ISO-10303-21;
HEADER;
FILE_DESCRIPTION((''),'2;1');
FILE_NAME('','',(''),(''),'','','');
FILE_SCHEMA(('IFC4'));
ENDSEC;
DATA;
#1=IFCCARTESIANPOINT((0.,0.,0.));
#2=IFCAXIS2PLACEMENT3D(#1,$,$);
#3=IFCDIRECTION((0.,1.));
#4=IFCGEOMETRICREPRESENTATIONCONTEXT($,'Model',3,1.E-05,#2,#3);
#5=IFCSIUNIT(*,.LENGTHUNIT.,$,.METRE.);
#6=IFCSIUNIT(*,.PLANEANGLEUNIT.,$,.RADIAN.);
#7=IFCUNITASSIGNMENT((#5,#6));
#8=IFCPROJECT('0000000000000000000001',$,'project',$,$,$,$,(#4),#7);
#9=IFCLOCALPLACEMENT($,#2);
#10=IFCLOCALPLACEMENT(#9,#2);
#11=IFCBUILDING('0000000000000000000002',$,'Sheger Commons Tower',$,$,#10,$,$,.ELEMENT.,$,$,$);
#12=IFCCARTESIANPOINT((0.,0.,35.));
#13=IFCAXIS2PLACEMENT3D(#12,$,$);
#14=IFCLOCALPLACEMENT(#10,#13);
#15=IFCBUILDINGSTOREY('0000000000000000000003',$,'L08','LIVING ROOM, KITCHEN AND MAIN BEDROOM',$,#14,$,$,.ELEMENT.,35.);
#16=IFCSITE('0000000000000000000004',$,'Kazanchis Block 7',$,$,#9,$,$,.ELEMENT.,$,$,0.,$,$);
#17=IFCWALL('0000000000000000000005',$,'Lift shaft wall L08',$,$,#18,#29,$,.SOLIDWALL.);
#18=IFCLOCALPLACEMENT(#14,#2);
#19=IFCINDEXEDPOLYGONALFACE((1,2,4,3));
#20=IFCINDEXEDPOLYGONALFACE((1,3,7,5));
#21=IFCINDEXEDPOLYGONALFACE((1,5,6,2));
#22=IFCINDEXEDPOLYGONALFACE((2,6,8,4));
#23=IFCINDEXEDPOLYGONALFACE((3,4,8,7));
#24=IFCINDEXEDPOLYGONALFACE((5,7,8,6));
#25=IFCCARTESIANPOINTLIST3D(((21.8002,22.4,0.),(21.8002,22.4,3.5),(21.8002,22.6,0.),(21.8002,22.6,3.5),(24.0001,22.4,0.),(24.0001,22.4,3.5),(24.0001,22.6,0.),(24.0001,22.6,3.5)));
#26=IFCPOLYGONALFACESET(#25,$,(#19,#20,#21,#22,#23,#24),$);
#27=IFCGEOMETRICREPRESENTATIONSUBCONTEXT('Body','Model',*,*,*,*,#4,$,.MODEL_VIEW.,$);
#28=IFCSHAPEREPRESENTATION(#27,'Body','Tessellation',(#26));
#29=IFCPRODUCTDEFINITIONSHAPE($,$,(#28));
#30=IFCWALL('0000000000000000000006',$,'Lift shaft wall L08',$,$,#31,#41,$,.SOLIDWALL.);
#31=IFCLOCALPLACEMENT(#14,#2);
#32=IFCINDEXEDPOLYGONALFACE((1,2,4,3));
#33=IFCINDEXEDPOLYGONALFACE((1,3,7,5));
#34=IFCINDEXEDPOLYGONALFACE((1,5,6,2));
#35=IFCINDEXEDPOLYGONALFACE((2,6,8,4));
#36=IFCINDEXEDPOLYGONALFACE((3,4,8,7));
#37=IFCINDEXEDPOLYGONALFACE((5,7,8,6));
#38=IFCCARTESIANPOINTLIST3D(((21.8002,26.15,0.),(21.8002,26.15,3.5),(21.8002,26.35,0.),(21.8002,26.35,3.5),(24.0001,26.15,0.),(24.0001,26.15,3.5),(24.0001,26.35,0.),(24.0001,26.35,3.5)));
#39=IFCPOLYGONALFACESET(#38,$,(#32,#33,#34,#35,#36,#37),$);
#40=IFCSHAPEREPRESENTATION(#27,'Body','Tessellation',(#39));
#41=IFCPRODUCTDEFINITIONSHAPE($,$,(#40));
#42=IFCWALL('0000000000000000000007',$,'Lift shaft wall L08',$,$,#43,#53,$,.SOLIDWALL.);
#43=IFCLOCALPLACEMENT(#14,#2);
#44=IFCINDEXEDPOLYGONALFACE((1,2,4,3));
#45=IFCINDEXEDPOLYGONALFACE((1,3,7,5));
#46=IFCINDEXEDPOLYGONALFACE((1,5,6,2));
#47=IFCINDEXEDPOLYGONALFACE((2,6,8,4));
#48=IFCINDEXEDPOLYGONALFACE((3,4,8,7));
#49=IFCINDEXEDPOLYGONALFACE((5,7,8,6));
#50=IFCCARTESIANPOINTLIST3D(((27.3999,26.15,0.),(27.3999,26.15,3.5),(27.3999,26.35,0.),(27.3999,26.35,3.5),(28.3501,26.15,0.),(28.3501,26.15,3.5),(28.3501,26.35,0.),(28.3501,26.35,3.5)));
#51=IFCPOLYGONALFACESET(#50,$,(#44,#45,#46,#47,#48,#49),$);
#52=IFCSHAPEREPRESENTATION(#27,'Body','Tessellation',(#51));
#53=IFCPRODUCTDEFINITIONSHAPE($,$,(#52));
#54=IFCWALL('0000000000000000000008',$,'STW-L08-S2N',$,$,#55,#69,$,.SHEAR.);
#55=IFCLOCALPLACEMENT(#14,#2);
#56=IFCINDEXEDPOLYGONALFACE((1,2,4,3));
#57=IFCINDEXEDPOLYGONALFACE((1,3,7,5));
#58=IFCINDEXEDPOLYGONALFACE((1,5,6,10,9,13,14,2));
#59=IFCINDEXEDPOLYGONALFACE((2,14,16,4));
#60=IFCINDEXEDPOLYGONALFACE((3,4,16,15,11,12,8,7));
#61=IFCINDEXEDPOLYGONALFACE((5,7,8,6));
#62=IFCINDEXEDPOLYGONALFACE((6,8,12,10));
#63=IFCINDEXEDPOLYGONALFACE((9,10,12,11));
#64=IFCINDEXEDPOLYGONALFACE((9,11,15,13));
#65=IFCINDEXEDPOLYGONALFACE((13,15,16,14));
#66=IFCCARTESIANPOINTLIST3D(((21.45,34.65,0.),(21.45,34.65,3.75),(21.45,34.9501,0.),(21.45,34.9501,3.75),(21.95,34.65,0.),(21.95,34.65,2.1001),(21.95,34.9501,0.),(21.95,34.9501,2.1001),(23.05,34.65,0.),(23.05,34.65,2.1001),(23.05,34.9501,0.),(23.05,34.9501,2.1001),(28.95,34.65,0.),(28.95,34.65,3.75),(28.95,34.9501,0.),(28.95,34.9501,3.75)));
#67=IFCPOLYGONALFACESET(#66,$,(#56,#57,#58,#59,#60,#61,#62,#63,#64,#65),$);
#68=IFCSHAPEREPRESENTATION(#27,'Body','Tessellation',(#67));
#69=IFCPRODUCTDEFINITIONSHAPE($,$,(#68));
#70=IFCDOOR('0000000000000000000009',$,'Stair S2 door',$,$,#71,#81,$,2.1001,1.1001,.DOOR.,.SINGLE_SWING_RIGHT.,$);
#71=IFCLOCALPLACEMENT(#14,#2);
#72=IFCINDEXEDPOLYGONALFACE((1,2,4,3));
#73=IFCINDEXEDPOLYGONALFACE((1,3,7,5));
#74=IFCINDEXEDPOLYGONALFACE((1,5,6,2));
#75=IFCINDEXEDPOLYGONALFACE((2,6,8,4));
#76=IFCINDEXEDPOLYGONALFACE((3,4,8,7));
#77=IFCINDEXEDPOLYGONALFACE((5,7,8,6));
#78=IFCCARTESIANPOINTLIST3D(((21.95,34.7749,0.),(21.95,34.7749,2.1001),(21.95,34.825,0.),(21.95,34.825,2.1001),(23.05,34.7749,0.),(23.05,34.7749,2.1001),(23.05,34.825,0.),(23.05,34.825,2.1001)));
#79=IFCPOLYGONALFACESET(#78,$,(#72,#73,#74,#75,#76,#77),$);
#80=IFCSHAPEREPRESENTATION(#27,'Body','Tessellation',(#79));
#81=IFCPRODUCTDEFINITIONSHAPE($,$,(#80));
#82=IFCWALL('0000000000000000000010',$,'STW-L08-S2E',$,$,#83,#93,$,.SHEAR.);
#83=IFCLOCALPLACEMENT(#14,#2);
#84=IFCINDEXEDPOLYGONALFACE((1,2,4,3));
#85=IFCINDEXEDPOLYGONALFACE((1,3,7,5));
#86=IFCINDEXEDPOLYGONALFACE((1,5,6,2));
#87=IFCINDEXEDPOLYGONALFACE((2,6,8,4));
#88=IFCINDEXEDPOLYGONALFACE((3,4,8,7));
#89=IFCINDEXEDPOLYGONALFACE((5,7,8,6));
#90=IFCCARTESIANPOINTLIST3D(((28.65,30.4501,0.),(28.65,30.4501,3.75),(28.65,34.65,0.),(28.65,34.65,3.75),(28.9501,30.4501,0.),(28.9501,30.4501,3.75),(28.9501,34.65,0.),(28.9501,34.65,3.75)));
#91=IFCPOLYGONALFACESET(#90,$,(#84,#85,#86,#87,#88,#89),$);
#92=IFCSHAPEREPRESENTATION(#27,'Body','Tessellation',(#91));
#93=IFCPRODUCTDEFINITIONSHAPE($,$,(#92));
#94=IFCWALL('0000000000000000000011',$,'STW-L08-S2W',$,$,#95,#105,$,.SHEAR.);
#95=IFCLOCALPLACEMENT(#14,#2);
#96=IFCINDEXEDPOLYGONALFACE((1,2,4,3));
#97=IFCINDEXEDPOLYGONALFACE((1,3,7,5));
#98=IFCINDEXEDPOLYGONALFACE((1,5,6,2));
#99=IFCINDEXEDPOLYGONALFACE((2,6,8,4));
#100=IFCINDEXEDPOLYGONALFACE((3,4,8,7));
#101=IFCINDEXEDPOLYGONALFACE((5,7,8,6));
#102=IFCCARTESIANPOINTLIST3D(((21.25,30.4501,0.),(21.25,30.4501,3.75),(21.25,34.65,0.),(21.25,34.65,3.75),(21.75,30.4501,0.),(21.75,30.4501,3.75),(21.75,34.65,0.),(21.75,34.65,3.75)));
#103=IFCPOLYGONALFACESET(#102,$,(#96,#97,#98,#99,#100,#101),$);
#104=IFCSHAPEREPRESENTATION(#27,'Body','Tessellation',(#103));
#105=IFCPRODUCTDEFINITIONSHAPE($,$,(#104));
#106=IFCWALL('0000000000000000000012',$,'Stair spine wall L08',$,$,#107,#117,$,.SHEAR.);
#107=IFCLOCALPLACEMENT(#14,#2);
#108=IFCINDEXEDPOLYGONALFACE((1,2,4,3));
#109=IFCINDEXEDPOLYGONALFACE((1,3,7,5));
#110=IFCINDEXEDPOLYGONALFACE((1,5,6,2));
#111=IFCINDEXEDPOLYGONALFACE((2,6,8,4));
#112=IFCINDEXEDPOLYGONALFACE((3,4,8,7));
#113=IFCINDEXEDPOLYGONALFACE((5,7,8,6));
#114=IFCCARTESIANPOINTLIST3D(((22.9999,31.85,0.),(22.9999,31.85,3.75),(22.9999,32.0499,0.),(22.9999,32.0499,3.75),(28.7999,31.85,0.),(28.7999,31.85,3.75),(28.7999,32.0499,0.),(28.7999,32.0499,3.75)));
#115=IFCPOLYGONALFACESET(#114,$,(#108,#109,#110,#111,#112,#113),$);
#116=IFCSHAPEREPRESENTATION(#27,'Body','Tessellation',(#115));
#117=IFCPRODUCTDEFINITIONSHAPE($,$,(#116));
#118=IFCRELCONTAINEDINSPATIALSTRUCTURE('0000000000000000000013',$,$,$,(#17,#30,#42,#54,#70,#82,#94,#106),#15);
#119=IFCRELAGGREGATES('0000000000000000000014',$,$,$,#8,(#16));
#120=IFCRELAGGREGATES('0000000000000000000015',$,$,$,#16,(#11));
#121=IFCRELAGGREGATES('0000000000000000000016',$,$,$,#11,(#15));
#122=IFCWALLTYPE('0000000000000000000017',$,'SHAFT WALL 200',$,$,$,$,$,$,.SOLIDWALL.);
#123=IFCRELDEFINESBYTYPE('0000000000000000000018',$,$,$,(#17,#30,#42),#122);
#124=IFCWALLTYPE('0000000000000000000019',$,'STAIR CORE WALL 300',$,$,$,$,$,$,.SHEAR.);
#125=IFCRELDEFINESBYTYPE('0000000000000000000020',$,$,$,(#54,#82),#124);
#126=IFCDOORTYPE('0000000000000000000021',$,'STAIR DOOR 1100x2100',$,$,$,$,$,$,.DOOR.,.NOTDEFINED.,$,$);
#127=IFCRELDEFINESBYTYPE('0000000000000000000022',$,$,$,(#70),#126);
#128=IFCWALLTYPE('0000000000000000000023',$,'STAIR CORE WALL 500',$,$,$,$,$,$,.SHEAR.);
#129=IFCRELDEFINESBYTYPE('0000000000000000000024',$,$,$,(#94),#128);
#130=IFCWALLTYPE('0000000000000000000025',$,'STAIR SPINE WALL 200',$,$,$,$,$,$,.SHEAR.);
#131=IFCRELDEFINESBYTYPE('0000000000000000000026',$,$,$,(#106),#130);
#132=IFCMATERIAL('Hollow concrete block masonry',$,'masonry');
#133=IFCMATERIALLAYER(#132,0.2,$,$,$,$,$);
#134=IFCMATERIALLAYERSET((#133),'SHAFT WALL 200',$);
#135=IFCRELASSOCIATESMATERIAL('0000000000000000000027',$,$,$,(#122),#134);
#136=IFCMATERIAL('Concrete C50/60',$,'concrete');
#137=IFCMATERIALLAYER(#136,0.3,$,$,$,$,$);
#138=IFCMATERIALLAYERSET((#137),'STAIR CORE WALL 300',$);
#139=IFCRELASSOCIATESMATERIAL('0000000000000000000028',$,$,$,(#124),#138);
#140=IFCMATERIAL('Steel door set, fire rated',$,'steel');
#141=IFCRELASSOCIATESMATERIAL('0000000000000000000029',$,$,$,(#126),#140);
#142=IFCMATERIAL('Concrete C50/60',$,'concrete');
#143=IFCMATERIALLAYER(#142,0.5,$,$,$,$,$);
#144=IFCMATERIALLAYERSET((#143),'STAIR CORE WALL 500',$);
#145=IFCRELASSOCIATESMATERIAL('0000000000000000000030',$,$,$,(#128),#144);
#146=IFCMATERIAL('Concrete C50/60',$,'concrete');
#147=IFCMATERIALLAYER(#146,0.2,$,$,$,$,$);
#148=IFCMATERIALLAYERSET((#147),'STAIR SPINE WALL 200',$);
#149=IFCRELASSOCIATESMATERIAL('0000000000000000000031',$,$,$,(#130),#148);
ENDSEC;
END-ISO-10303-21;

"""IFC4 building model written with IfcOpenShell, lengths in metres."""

from ifc_helpers import new_model, si_unit, direction, frame, frame_2d, origin, place, context, subcontext, project, spatial, rectangle, extrude, material, layer, layer_set, type_object, element, fill, save


model = new_model("IFC4")

# Units and contexts
model_context = context("Model", 3, precision=1e-05, world=origin(), true_north=direction((0.0, 1.0)))
body_context = subcontext(model_context, "Body", "Model", "MODEL_VIEW")
ifc_project = project(units=[si_unit("LENGTHUNIT", "METRE"), si_unit("PLANEANGLEUNIT", "RADIAN")], contexts=[model_context])

# Site, building, storey
site_placement = place(None, origin())
site = spatial("IfcSite", under=ifc_project, at=site_placement, Name="Kazanchis Block 7", CompositionType="ELEMENT", RefElevation=0.0)
building_placement = place(site_placement, origin())
building = spatial("IfcBuilding", under=site, at=building_placement, Name="Sheger Commons Tower", CompositionType="ELEMENT")
storey_placement = place(building_placement, frame((0.0, 0.0, 35.0)))
storey = spatial("IfcBuildingStorey", under=building, at=storey_placement, Name="L08", Description="LIVING ROOM, KITCHEN AND MAIN BEDROOM", CompositionType="ELEMENT", Elevation=35.0)

# Walls
ifc_material_1 = material(Name="Hollow concrete block masonry", Category="masonry")
ifc_layer_1 = layer(ifc_material_1, 0.2)
ifc_layer_set_1 = layer_set([ifc_layer_1], Name="SHAFT WALL 200")
wall_type_1 = type_object("IfcWallType", Name="SHAFT WALL 200", PredefinedType="SOLIDWALL", material=ifc_layer_set_1)
for number, where, z_axis, x_axis, name in (
    (1, (21.8, 22.5, 0.0), (0.0, 0.0, 1.0), (1.0, 0.0, 0.0), "Lift shaft wall L08"),
    (2, (21.8, 26.25, 0.0), (0.0, 0.0, 1.0), (1.0, 0.0, 0.0), "Lift shaft wall L08"),
):
    element("IfcWall", number, at=place(storey_placement, frame(where, z_axis=z_axis, x_axis=x_axis)), inside=storey, type_object=wall_type_1, Name=name, PredefinedType="SOLIDWALL", context=body_context, shape_type="SweptSolid", body=[
        extrude(rectangle(XDim=2.2, YDim=0.2, at=frame_2d((1.1001, 0.0))), origin(), (0.0, 0.0, 1.0), 3.5),
    ])
wall_1_placement = place(storey_placement, frame((27.3999, 26.25, 0.0), z_axis=(0.0, 0.0, 1.0), x_axis=(1.0, 0.0, 0.0)))
element("IfcWall", 3, at=wall_1_placement, inside=storey, type_object=wall_type_1, Name="Lift shaft wall L08", PredefinedType="SOLIDWALL", context=body_context, shape_type="SweptSolid", body=[
    extrude(rectangle(XDim=0.9502, YDim=0.2, at=frame_2d((0.4751, 0.0))), origin(), (0.0, 0.0, 1.0), 3.5),
])

# Wall, opening, door
ifc_material_2 = material(Name="Concrete C50/60", Category="concrete")
ifc_layer_2 = layer(ifc_material_2, 0.3)
ifc_layer_set_2 = layer_set([ifc_layer_2], Name="STAIR CORE WALL 300")
wall_type_2 = type_object("IfcWallType", Name="STAIR CORE WALL 300", PredefinedType="SHEAR", material=ifc_layer_set_2)
wall_2_placement = place(storey_placement, frame((21.45, 34.8, 0.0), z_axis=(0.0, 0.0, 1.0), x_axis=(1.0, 0.0, 0.0)))
wall_2 = element("IfcWall", 4, at=wall_2_placement, inside=storey, type_object=wall_type_2, Name="STW-L08-S2N", PredefinedType="SHEAR", context=body_context, shape_type="SweptSolid", body=[
    extrude(rectangle(XDim=7.5, YDim=0.3, at=frame_2d((3.75, 0.0))), origin(), (0.0, 0.0, 1.0), 3.75),
])
opening_1_placement = place(wall_2_placement, frame((0.5, 0.0, 0.0)))
opening_1 = element("IfcOpeningElement", 5, at=opening_1_placement, cuts=wall_2, PredefinedType="OPENING", context=body_context, shape_type="SweptSolid", body=[
    extrude(rectangle(XDim=1.1001, YDim=2.1001, at=frame_2d((0.55, 1.05))), frame((0.0, 0.1599, 0.0), z_axis=(0.0, -1.0, 0.0), x_axis=(1.0, 0.0, 0.0)), (0.0, 0.0, 1.0), 0.3201),
])
ifc_material_3 = material(Name="Steel door set, fire rated", Category="steel")
door_type_1 = type_object("IfcDoorType", Name="STAIR DOOR 1100x2100", OperationType="NOTDEFINED", PredefinedType="DOOR", material=ifc_material_3)
door_1_placement = place(opening_1_placement, origin())
door_1 = element("IfcDoor", 6, at=door_1_placement, inside=storey, type_object=door_type_1, Name="Stair S2 door", OperationType="SINGLE_SWING_RIGHT", OverallHeight=2.1001, OverallWidth=1.1001, PredefinedType="DOOR", context=body_context, shape_type="SweptSolid", body=[
    extrude(rectangle(XDim=1.1001, YDim=2.1001, at=frame_2d((0.55, 1.05))), frame((0.0, 0.0249, 0.0), z_axis=(0.0, -1.0, 0.0), x_axis=(1.0, 0.0, 0.0)), (0.0, 0.0, 1.0), 0.05),
])
fill(opening_1, door_1)

# Walls
wall_3_placement = place(storey_placement, frame((28.8, 30.45, 0.0), z_axis=(0.0, 0.0, 1.0), x_axis=(0.0, 1.0, 0.0)))
element("IfcWall", 7, at=wall_3_placement, inside=storey, type_object=wall_type_2, Name="STW-L08-S2E", PredefinedType="SHEAR", context=body_context, shape_type="SweptSolid", body=[
    extrude(rectangle(XDim=4.2, YDim=0.3, at=frame_2d((2.1001, 0.0))), origin(), (0.0, 0.0, 1.0), 3.75),
])
ifc_material_4 = material(Name="Concrete C50/60", Category="concrete")
ifc_layer_3 = layer(ifc_material_4, 0.5)
ifc_layer_set_3 = layer_set([ifc_layer_3], Name="STAIR CORE WALL 500")
wall_type_3 = type_object("IfcWallType", Name="STAIR CORE WALL 500", PredefinedType="SHEAR", material=ifc_layer_set_3)
wall_4_placement = place(storey_placement, frame((21.5, 30.45, 0.0), z_axis=(0.0, 0.0, 1.0), x_axis=(0.0, 1.0, 0.0)))
element("IfcWall", 8, at=wall_4_placement, inside=storey, type_object=wall_type_3, Name="STW-L08-S2W", PredefinedType="SHEAR", context=body_context, shape_type="SweptSolid", body=[
    extrude(rectangle(XDim=4.2, YDim=0.5, at=frame_2d((2.1001, 0.0))), origin(), (0.0, 0.0, 1.0), 3.75),
])
ifc_material_5 = material(Name="Concrete C50/60", Category="concrete")
ifc_layer_4 = layer(ifc_material_5, 0.2)
ifc_layer_set_4 = layer_set([ifc_layer_4], Name="STAIR SPINE WALL 200")
wall_type_4 = type_object("IfcWallType", Name="STAIR SPINE WALL 200", PredefinedType="SHEAR", material=ifc_layer_set_4)
wall_5_placement = place(storey_placement, frame((23.0, 31.95, 0.0), z_axis=(0.0, 0.0, 1.0), x_axis=(1.0, 0.0, 0.0)))
element("IfcWall", 9, at=wall_5_placement, inside=storey, type_object=wall_type_4, Name="Stair spine wall L08", PredefinedType="SHEAR", context=body_context, shape_type="SweptSolid", body=[
    extrude(rectangle(XDim=5.8, YDim=0.2, at=frame_2d((2.8999, 0.0))), origin(), (0.0, 0.0, 1.0), 3.75),
])

save(model, "model.ifc")
